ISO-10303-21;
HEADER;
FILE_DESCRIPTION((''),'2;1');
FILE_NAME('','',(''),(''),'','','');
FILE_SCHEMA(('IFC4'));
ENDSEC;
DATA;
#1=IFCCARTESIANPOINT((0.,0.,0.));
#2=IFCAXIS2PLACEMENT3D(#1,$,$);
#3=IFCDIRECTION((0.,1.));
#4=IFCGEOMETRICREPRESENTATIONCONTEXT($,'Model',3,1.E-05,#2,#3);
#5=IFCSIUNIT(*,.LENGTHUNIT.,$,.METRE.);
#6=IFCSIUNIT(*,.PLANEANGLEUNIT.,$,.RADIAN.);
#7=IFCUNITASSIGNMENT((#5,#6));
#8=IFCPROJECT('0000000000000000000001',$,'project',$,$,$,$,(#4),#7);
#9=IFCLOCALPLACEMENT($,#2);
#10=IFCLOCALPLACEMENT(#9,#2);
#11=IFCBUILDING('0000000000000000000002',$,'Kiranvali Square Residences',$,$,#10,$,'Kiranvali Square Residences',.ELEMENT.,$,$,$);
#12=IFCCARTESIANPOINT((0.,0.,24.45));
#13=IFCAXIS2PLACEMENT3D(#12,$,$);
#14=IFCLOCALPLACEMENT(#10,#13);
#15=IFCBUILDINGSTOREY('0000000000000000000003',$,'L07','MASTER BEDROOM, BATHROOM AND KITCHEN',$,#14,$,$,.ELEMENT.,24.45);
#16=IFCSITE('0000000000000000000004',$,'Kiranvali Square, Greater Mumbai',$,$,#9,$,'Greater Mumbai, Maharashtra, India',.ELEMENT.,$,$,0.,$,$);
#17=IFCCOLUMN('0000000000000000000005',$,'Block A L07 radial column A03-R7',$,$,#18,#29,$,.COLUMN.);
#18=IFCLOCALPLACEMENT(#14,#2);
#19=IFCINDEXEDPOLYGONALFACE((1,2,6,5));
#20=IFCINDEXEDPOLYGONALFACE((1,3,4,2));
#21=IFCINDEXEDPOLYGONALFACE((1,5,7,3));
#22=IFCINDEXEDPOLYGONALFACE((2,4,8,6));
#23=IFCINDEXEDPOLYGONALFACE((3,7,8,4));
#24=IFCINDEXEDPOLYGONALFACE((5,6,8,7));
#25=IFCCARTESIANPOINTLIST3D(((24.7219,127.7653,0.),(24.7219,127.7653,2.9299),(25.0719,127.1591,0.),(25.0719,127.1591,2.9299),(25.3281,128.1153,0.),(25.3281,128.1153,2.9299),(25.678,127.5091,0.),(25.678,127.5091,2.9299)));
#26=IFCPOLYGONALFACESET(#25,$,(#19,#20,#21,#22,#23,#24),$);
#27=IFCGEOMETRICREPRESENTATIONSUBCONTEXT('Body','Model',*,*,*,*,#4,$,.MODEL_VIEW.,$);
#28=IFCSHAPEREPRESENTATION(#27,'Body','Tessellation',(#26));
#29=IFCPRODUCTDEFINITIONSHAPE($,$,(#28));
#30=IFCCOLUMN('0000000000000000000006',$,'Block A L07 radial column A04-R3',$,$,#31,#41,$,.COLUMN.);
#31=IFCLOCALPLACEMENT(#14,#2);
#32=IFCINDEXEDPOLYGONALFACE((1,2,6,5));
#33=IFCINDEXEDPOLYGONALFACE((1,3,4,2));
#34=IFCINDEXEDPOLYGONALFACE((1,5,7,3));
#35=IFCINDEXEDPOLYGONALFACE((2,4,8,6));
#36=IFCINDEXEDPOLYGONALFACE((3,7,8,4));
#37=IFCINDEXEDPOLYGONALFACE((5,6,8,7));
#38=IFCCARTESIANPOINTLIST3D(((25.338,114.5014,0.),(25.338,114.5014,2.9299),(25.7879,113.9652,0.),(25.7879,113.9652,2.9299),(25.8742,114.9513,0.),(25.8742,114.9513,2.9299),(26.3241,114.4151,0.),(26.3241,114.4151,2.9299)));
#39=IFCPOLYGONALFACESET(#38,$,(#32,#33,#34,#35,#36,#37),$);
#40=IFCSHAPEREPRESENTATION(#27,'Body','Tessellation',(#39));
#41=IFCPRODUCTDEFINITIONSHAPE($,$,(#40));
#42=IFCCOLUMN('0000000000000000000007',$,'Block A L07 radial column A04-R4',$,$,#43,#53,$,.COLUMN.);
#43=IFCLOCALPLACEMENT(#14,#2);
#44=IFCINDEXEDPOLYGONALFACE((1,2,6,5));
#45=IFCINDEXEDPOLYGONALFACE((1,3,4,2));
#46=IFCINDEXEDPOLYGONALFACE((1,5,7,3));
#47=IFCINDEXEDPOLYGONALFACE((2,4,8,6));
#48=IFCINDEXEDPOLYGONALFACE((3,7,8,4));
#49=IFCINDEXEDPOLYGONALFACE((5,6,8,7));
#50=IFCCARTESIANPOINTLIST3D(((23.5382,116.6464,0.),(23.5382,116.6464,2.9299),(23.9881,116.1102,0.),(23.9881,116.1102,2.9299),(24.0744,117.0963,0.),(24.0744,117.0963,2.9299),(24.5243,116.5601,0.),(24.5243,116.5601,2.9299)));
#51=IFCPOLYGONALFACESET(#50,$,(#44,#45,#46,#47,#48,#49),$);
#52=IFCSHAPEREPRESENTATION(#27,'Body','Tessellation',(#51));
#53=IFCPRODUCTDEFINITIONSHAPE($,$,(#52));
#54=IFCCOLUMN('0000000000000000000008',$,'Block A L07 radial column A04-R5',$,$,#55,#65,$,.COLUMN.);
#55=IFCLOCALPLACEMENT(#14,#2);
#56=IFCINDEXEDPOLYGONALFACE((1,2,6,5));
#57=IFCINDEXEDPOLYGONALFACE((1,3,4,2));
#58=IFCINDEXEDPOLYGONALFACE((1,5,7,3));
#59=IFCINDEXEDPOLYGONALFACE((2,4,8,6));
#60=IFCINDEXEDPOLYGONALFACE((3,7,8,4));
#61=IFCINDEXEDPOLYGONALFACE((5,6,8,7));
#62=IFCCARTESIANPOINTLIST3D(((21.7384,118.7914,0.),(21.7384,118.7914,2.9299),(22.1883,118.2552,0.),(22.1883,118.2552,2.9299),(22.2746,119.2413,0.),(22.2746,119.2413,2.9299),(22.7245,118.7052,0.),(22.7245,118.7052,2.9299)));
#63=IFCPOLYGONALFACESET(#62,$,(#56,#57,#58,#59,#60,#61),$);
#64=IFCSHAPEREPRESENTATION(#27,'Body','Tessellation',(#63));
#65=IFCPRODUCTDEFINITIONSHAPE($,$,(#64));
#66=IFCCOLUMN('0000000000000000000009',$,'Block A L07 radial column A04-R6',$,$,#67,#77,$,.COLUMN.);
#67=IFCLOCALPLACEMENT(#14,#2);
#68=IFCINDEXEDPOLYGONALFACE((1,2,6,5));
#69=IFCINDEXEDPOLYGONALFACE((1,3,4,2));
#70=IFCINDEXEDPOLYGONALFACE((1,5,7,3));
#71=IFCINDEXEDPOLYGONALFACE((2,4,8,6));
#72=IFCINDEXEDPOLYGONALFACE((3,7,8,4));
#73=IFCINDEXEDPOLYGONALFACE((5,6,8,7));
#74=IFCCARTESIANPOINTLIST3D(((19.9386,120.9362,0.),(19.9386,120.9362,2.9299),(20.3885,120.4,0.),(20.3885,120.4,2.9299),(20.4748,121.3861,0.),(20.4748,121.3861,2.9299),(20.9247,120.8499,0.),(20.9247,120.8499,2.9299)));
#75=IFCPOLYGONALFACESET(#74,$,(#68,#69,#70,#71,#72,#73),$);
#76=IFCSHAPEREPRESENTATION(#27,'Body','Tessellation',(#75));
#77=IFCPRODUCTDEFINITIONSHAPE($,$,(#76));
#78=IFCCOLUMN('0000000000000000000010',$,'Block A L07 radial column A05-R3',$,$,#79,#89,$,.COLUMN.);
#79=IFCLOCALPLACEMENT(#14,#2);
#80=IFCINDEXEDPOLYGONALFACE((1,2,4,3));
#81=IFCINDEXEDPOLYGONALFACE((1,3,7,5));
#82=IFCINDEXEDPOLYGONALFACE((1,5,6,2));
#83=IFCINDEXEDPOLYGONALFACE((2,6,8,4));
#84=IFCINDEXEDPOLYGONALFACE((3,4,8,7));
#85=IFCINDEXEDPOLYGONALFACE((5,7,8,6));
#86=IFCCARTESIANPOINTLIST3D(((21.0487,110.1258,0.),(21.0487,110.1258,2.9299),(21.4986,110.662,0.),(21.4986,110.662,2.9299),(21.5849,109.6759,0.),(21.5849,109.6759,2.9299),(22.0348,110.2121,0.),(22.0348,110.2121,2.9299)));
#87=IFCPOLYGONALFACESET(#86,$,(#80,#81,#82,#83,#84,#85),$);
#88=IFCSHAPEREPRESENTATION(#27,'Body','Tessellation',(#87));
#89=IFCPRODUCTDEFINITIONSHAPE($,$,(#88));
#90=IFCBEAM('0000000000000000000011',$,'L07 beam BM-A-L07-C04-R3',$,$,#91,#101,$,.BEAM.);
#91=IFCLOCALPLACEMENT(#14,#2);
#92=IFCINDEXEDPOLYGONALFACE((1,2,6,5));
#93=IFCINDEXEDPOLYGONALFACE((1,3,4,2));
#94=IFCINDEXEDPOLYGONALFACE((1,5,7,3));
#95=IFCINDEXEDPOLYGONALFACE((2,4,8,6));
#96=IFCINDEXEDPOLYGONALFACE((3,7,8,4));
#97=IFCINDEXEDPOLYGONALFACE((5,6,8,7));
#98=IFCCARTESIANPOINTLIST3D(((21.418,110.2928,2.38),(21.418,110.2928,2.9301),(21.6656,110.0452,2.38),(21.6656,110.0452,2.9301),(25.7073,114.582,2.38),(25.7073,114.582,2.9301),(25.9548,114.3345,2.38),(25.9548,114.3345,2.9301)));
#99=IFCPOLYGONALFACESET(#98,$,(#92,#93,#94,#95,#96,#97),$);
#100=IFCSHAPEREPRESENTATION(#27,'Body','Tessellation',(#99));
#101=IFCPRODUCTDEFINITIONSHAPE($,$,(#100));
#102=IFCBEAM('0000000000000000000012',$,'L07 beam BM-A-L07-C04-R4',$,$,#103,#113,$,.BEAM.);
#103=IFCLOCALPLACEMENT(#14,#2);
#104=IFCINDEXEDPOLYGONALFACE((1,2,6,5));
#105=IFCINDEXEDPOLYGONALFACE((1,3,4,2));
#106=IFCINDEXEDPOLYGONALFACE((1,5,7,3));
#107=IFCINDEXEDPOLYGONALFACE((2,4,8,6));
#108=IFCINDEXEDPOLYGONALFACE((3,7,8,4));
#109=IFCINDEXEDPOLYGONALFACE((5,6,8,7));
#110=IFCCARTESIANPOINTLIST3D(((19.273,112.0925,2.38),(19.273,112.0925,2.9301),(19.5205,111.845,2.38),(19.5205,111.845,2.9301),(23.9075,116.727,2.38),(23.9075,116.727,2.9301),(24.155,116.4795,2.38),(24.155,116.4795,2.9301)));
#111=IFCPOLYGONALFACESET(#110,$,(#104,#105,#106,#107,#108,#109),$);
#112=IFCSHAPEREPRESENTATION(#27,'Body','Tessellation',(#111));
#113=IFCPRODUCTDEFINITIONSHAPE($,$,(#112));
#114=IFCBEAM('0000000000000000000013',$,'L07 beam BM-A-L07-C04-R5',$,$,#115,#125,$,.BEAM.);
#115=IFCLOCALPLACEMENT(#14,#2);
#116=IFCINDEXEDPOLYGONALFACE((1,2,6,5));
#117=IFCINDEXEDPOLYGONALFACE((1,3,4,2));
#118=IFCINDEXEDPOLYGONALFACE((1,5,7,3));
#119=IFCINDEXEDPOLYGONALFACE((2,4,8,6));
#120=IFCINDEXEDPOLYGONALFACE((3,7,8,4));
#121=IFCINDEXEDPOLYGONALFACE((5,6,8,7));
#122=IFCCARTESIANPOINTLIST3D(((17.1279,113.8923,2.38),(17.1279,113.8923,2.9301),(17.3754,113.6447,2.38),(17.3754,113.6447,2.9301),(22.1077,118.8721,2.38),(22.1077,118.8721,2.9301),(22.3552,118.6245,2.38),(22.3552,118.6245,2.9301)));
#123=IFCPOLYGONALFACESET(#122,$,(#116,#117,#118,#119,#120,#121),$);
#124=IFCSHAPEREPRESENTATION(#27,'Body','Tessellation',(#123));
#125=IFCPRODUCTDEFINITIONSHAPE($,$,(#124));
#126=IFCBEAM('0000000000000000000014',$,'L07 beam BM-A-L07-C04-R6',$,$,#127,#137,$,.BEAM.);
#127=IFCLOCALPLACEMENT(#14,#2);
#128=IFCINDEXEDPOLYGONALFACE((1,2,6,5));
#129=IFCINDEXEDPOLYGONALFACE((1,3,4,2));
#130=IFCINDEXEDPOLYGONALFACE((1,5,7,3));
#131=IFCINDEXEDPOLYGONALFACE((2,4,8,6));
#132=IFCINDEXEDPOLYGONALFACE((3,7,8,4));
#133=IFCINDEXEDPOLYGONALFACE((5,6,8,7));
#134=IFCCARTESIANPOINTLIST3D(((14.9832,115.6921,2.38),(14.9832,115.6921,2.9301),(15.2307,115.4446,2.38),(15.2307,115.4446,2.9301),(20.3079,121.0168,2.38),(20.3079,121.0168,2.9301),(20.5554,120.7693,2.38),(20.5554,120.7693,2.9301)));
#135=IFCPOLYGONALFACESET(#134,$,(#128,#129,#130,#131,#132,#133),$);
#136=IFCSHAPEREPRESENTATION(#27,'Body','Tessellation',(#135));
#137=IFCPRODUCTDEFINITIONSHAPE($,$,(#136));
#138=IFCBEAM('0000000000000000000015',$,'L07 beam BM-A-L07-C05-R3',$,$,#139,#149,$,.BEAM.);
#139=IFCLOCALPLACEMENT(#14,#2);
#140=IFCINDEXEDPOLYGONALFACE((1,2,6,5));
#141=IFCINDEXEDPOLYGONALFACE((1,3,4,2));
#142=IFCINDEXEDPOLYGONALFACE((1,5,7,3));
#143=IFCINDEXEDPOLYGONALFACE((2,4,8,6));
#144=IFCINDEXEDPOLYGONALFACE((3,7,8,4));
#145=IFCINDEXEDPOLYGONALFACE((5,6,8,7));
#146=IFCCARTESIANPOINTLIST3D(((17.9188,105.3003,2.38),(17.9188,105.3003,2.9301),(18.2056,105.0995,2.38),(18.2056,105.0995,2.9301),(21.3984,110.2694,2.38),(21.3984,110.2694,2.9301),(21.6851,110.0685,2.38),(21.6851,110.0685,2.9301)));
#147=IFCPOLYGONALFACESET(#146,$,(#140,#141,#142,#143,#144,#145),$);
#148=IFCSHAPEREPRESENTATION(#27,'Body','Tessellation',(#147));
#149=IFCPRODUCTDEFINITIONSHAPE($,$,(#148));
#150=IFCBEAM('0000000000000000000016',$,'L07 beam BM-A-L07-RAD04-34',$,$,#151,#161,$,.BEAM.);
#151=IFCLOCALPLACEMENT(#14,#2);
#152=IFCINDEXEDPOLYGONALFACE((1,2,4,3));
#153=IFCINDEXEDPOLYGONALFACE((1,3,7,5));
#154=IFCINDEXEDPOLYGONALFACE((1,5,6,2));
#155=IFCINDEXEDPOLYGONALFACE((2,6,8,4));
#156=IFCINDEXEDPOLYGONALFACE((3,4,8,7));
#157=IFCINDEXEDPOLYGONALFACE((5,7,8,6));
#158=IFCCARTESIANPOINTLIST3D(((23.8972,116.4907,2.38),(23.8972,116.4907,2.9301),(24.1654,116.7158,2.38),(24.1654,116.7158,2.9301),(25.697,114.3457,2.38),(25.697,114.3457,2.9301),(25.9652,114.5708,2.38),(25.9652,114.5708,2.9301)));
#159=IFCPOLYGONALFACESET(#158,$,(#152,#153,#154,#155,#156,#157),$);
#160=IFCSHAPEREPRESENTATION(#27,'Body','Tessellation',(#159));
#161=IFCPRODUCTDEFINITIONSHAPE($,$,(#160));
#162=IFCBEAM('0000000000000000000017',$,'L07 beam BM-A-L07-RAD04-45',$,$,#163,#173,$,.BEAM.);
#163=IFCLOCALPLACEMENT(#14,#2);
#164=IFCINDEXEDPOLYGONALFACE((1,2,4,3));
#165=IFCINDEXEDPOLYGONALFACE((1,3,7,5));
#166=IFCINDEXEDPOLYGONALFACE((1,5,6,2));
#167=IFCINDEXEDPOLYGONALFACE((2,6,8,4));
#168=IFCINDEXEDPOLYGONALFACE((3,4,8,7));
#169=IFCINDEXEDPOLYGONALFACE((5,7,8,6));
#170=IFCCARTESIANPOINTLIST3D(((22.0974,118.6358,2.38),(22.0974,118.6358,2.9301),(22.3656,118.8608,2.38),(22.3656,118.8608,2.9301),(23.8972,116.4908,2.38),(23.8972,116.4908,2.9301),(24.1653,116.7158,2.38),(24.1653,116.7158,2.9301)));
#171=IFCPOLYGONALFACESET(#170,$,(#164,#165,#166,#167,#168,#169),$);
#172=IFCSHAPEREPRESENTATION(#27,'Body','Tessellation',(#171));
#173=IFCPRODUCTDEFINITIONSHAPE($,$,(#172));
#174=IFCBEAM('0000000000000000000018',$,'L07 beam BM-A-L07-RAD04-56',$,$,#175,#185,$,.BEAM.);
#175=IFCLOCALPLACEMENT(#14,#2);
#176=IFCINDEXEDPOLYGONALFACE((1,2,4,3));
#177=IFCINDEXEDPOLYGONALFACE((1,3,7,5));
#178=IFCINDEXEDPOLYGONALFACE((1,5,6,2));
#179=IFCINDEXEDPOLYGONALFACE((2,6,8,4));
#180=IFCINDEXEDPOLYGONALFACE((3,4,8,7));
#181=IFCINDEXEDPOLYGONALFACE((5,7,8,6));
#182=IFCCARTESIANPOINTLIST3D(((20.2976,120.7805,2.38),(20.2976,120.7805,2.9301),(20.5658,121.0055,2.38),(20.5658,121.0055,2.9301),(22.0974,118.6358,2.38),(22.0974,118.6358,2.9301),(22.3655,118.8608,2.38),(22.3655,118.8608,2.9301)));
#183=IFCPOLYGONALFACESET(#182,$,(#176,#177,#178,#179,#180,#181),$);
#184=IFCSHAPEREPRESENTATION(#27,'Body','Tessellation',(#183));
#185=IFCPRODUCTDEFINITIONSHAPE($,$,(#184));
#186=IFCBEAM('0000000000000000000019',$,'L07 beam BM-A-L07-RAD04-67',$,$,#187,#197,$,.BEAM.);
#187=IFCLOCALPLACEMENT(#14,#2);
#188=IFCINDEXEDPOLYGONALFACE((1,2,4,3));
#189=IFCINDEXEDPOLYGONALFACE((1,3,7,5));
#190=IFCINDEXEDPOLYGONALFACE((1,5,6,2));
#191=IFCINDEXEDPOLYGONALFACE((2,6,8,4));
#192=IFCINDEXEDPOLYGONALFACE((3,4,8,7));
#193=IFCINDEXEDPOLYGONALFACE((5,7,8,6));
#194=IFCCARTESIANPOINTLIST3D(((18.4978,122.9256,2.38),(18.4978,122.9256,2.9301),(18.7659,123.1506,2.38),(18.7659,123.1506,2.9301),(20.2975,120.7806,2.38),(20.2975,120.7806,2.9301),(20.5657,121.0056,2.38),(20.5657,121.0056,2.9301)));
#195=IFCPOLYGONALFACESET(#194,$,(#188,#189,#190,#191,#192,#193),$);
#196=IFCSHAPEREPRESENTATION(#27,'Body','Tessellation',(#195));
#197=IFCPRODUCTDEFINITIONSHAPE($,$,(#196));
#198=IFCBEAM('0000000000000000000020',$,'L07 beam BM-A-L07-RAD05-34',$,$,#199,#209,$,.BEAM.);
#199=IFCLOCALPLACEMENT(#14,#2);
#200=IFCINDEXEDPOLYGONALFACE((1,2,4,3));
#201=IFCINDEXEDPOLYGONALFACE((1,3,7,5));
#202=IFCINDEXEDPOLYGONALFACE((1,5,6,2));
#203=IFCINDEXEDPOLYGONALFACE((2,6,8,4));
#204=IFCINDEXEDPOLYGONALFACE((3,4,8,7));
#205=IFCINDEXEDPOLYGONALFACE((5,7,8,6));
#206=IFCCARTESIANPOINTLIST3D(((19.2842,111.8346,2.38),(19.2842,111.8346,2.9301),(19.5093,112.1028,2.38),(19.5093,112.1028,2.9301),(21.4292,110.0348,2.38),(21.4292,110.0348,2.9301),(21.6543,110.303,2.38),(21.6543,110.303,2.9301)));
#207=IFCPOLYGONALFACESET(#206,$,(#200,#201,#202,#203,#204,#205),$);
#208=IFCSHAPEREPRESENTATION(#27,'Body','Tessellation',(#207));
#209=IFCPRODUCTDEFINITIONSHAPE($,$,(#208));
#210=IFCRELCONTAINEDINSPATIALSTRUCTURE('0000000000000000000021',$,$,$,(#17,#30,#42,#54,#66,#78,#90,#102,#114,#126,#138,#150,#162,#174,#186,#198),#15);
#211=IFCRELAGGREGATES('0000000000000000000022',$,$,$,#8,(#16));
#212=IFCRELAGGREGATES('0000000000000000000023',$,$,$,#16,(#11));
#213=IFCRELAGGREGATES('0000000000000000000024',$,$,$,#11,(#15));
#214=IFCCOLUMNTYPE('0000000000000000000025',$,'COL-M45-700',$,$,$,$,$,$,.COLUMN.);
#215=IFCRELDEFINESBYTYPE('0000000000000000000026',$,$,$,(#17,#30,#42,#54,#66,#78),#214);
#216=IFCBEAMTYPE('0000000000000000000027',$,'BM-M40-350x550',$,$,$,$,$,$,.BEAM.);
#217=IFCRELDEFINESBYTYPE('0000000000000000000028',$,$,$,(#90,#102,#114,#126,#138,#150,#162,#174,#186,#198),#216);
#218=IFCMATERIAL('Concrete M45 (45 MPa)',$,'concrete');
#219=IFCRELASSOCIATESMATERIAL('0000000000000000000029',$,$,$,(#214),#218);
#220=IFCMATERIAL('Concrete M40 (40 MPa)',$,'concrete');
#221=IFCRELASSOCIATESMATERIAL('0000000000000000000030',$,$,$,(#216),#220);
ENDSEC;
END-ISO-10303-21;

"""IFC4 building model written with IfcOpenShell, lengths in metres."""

from ifc_helpers import new_model, si_unit, direction, frame, origin, origin_2d, place, context, subcontext, project, spatial, rectangle, extrude, material, material_profile, profile_set, type_object, element, save


model = new_model("IFC4")

# Units and contexts
model_context = context("Model", 3, precision=1e-05, world=origin(), true_north=direction((0.0, 1.0)))
body_context = subcontext(model_context, "Body", "Model", "MODEL_VIEW")
ifc_project = project(units=[si_unit("LENGTHUNIT", "METRE"), si_unit("PLANEANGLEUNIT", "RADIAN")], contexts=[model_context])

# Site, building, storey
site_placement = place(None, origin())
site = spatial("IfcSite", under=ifc_project, at=site_placement, Name="Kiranvali Square, Greater Mumbai", LongName="Greater Mumbai, Maharashtra, India", CompositionType="ELEMENT", RefElevation=0.0)
building_placement = place(site_placement, origin())
building = spatial("IfcBuilding", under=site, at=building_placement, Name="Kiranvali Square Residences", LongName="Kiranvali Square Residences", CompositionType="ELEMENT")
storey_placement = place(building_placement, frame((0.0, 0.0, 24.45)))
storey = spatial("IfcBuildingStorey", under=building, at=storey_placement, Name="L07", Description="MASTER BEDROOM, BATHROOM AND KITCHEN", CompositionType="ELEMENT", Elevation=24.45)

# Columns
ifc_material_1 = material(Name="Concrete M45 (45 MPa)", Category="concrete")
ifc_material_profile_1 = material_profile(ifc_material_1, rectangle(XDim=0.7, YDim=0.7, at=origin_2d()), Name="RC 700x700")
ifc_profile_set_1 = profile_set([ifc_material_profile_1], Name="Concrete M45 (45 MPa)")
column_type = type_object("IfcColumnType", Name="COL-M45-700", PredefinedType="COLUMN", material=ifc_profile_set_1)
for number, where, z_axis, x_axis, name in (
    (1, (25.2, 127.6372, 0.0), (0.0, 0.0, 1.0), (0.866025, 0.5, 0.0), "Block A L07 radial column A03-R7"),
    (2, (25.8311, 114.4583, 0.0), (0.0, 0.0, 1.0), (0.766044, 0.642788, 0.0), "Block A L07 radial column A04-R3"),
    (3, (24.0312, 116.6033, 0.0), (0.0, 0.0, 1.0), (0.766044, 0.642788, 0.0), "Block A L07 radial column A04-R4"),
    (4, (22.2314, 118.7483, 0.0), (0.0, 0.0, 1.0), (0.766044, 0.642788, 0.0), "Block A L07 radial column A04-R5"),
    (5, (20.4316, 120.8931, 0.0), (0.0, 0.0, 1.0), (0.766044, 0.642788, 0.0), "Block A L07 radial column A04-R6"),
    (6, (21.5417, 110.1689, 0.0), (0.0, 0.0, 1.0), (0.642788, 0.766044, 0.0), "Block A L07 radial column A05-R3"),
):
    element("IfcColumn", number, at=place(storey_placement, frame(where, z_axis=z_axis, x_axis=x_axis)), inside=storey, type_object=column_type, Name=name, PredefinedType="COLUMN", context=body_context, shape_type="SweptSolid", body=[
        extrude(rectangle(XDim=0.7, YDim=0.7, at=origin_2d()), origin(), (0.0, 0.0, 1.0), 2.9299),
    ])

# Beams
ifc_material_2 = material(Name="Concrete M40 (40 MPa)", Category="concrete")
ifc_material_profile_2 = material_profile(ifc_material_2, rectangle(XDim=0.3501, YDim=0.55, at=origin_2d()), Name="RC 350x550")
ifc_profile_set_2 = profile_set([ifc_material_profile_2], Name="Concrete M40 (40 MPa)")
beam_type_1 = type_object("IfcBeamType", Name="BM-M40-350x550", PredefinedType="BEAM", material=ifc_profile_set_2)
beam_1_placement = place(storey_placement, frame((25.8311, 114.4583, 2.655), z_axis=(-0.707107, -0.707107, 0.0), x_axis=(0.707107, -0.707107, 0.0)))
element("IfcBeam", 7, at=beam_1_placement, inside=storey, type_object=beam_type_1, Name="L07 beam BM-A-L07-C04-R3", PredefinedType="BEAM", context=body_context, shape_type="SweptSolid", body=[
    extrude(rectangle(XDim=0.3501, YDim=0.55, at=origin_2d()), origin(), (0.0, 0.0, 1.0), 6.0659),
])
beam_2_placement = place(storey_placement, frame((24.0312, 116.6033, 2.655), z_axis=(-0.707107, -0.707107, 0.0), x_axis=(0.707107, -0.707107, 0.0)))
element("IfcBeam", 8, at=beam_2_placement, inside=storey, type_object=beam_type_1, Name="L07 beam BM-A-L07-C04-R4", PredefinedType="BEAM", context=body_context, shape_type="SweptSolid", body=[
    extrude(rectangle(XDim=0.3501, YDim=0.55, at=origin_2d()), origin(), (0.0, 0.0, 1.0), 6.5542),
])
beam_3_placement = place(storey_placement, frame((22.2314, 118.7483, 2.655), z_axis=(-0.707107, -0.707107, 0.0), x_axis=(0.707107, -0.707107, 0.0)))
element("IfcBeam", 9, at=beam_3_placement, inside=storey, type_object=beam_type_1, Name="L07 beam BM-A-L07-C04-R5", PredefinedType="BEAM", context=body_context, shape_type="SweptSolid", body=[
    extrude(rectangle(XDim=0.3501, YDim=0.55, at=origin_2d()), origin(), (0.0, 0.0, 1.0), 7.0425),
])
beam_4_placement = place(storey_placement, frame((20.4316, 120.8931, 2.655), z_axis=(-0.707107, -0.707107, 0.0), x_axis=(0.707107, -0.707107, 0.0)))
element("IfcBeam", 10, at=beam_4_placement, inside=storey, type_object=beam_type_1, Name="L07 beam BM-A-L07-C04-R6", PredefinedType="BEAM", context=body_context, shape_type="SweptSolid", body=[
    extrude(rectangle(XDim=0.3501, YDim=0.55, at=origin_2d()), origin(), (0.0, 0.0, 1.0), 7.5303),
])
beam_5_placement = place(storey_placement, frame((21.5417, 110.1689, 2.655), z_axis=(-0.573595, -0.819139, 0.0), x_axis=(0.819139, -0.573595, 0.0)))
element("IfcBeam", 11, at=beam_5_placement, inside=storey, type_object=beam_type_1, Name="L07 beam BM-A-L07-C05-R3", PredefinedType="BEAM", context=body_context, shape_type="SweptSolid", body=[
    extrude(rectangle(XDim=0.3501, YDim=0.55, at=origin_2d()), origin(), (0.0, 0.0, 1.0), 6.0662),
])
for number, where, z_axis, x_axis, name in (
    (12, (25.8311, 114.4583, 2.655), (-0.642771, 0.766059, 0.0), (-0.766059, -0.642771, 0.0), "L07 beam BM-A-L07-RAD04-34"),
    (13, (24.0312, 116.6033, 2.655), (-0.642771, 0.766059, 0.0), (-0.766059, -0.642771, 0.0), "L07 beam BM-A-L07-RAD04-45"),
):
    element("IfcBeam", number, at=place(storey_placement, frame(where, z_axis=z_axis, x_axis=x_axis)), inside=storey, type_object=beam_type_1, Name=name, PredefinedType="BEAM", context=body_context, shape_type="SweptSolid", body=[
        extrude(rectangle(XDim=0.3501, YDim=0.55, at=origin_2d()), origin(), (0.0, 0.0, 1.0), 2.8),
    ])
beam_6_placement = place(storey_placement, frame((22.2314, 118.7483, 2.655), z_axis=(-0.642814, 0.766023, 0.0), x_axis=(-0.766023, -0.642814, 0.0)))
element("IfcBeam", 14, at=beam_6_placement, inside=storey, type_object=beam_type_1, Name="L07 beam BM-A-L07-RAD04-56", PredefinedType="BEAM", context=body_context, shape_type="SweptSolid", body=[
    extrude(rectangle(XDim=0.3501, YDim=0.55, at=origin_2d()), origin(), (0.0, 0.0, 1.0), 2.7998),
])
for number, where, z_axis, x_axis, name in (
    (15, (20.4316, 120.8931, 2.655), (-0.642771, 0.766059, 0.0), (-0.766059, -0.642771, 0.0), "L07 beam BM-A-L07-RAD04-67"),
    (16, (21.5417, 110.1689, 2.655), (-0.766059, 0.642771, 0.0), (-0.642771, -0.766059, 0.0), "L07 beam BM-A-L07-RAD05-34"),
):
    element("IfcBeam", number, at=place(storey_placement, frame(where, z_axis=z_axis, x_axis=x_axis)), inside=storey, type_object=beam_type_1, Name=name, PredefinedType="BEAM", context=body_context, shape_type="SweptSolid", body=[
        extrude(rectangle(XDim=0.3501, YDim=0.55, at=origin_2d()), origin(), (0.0, 0.0, 1.0), 2.8),
    ])

save(model, "model.ifc")
